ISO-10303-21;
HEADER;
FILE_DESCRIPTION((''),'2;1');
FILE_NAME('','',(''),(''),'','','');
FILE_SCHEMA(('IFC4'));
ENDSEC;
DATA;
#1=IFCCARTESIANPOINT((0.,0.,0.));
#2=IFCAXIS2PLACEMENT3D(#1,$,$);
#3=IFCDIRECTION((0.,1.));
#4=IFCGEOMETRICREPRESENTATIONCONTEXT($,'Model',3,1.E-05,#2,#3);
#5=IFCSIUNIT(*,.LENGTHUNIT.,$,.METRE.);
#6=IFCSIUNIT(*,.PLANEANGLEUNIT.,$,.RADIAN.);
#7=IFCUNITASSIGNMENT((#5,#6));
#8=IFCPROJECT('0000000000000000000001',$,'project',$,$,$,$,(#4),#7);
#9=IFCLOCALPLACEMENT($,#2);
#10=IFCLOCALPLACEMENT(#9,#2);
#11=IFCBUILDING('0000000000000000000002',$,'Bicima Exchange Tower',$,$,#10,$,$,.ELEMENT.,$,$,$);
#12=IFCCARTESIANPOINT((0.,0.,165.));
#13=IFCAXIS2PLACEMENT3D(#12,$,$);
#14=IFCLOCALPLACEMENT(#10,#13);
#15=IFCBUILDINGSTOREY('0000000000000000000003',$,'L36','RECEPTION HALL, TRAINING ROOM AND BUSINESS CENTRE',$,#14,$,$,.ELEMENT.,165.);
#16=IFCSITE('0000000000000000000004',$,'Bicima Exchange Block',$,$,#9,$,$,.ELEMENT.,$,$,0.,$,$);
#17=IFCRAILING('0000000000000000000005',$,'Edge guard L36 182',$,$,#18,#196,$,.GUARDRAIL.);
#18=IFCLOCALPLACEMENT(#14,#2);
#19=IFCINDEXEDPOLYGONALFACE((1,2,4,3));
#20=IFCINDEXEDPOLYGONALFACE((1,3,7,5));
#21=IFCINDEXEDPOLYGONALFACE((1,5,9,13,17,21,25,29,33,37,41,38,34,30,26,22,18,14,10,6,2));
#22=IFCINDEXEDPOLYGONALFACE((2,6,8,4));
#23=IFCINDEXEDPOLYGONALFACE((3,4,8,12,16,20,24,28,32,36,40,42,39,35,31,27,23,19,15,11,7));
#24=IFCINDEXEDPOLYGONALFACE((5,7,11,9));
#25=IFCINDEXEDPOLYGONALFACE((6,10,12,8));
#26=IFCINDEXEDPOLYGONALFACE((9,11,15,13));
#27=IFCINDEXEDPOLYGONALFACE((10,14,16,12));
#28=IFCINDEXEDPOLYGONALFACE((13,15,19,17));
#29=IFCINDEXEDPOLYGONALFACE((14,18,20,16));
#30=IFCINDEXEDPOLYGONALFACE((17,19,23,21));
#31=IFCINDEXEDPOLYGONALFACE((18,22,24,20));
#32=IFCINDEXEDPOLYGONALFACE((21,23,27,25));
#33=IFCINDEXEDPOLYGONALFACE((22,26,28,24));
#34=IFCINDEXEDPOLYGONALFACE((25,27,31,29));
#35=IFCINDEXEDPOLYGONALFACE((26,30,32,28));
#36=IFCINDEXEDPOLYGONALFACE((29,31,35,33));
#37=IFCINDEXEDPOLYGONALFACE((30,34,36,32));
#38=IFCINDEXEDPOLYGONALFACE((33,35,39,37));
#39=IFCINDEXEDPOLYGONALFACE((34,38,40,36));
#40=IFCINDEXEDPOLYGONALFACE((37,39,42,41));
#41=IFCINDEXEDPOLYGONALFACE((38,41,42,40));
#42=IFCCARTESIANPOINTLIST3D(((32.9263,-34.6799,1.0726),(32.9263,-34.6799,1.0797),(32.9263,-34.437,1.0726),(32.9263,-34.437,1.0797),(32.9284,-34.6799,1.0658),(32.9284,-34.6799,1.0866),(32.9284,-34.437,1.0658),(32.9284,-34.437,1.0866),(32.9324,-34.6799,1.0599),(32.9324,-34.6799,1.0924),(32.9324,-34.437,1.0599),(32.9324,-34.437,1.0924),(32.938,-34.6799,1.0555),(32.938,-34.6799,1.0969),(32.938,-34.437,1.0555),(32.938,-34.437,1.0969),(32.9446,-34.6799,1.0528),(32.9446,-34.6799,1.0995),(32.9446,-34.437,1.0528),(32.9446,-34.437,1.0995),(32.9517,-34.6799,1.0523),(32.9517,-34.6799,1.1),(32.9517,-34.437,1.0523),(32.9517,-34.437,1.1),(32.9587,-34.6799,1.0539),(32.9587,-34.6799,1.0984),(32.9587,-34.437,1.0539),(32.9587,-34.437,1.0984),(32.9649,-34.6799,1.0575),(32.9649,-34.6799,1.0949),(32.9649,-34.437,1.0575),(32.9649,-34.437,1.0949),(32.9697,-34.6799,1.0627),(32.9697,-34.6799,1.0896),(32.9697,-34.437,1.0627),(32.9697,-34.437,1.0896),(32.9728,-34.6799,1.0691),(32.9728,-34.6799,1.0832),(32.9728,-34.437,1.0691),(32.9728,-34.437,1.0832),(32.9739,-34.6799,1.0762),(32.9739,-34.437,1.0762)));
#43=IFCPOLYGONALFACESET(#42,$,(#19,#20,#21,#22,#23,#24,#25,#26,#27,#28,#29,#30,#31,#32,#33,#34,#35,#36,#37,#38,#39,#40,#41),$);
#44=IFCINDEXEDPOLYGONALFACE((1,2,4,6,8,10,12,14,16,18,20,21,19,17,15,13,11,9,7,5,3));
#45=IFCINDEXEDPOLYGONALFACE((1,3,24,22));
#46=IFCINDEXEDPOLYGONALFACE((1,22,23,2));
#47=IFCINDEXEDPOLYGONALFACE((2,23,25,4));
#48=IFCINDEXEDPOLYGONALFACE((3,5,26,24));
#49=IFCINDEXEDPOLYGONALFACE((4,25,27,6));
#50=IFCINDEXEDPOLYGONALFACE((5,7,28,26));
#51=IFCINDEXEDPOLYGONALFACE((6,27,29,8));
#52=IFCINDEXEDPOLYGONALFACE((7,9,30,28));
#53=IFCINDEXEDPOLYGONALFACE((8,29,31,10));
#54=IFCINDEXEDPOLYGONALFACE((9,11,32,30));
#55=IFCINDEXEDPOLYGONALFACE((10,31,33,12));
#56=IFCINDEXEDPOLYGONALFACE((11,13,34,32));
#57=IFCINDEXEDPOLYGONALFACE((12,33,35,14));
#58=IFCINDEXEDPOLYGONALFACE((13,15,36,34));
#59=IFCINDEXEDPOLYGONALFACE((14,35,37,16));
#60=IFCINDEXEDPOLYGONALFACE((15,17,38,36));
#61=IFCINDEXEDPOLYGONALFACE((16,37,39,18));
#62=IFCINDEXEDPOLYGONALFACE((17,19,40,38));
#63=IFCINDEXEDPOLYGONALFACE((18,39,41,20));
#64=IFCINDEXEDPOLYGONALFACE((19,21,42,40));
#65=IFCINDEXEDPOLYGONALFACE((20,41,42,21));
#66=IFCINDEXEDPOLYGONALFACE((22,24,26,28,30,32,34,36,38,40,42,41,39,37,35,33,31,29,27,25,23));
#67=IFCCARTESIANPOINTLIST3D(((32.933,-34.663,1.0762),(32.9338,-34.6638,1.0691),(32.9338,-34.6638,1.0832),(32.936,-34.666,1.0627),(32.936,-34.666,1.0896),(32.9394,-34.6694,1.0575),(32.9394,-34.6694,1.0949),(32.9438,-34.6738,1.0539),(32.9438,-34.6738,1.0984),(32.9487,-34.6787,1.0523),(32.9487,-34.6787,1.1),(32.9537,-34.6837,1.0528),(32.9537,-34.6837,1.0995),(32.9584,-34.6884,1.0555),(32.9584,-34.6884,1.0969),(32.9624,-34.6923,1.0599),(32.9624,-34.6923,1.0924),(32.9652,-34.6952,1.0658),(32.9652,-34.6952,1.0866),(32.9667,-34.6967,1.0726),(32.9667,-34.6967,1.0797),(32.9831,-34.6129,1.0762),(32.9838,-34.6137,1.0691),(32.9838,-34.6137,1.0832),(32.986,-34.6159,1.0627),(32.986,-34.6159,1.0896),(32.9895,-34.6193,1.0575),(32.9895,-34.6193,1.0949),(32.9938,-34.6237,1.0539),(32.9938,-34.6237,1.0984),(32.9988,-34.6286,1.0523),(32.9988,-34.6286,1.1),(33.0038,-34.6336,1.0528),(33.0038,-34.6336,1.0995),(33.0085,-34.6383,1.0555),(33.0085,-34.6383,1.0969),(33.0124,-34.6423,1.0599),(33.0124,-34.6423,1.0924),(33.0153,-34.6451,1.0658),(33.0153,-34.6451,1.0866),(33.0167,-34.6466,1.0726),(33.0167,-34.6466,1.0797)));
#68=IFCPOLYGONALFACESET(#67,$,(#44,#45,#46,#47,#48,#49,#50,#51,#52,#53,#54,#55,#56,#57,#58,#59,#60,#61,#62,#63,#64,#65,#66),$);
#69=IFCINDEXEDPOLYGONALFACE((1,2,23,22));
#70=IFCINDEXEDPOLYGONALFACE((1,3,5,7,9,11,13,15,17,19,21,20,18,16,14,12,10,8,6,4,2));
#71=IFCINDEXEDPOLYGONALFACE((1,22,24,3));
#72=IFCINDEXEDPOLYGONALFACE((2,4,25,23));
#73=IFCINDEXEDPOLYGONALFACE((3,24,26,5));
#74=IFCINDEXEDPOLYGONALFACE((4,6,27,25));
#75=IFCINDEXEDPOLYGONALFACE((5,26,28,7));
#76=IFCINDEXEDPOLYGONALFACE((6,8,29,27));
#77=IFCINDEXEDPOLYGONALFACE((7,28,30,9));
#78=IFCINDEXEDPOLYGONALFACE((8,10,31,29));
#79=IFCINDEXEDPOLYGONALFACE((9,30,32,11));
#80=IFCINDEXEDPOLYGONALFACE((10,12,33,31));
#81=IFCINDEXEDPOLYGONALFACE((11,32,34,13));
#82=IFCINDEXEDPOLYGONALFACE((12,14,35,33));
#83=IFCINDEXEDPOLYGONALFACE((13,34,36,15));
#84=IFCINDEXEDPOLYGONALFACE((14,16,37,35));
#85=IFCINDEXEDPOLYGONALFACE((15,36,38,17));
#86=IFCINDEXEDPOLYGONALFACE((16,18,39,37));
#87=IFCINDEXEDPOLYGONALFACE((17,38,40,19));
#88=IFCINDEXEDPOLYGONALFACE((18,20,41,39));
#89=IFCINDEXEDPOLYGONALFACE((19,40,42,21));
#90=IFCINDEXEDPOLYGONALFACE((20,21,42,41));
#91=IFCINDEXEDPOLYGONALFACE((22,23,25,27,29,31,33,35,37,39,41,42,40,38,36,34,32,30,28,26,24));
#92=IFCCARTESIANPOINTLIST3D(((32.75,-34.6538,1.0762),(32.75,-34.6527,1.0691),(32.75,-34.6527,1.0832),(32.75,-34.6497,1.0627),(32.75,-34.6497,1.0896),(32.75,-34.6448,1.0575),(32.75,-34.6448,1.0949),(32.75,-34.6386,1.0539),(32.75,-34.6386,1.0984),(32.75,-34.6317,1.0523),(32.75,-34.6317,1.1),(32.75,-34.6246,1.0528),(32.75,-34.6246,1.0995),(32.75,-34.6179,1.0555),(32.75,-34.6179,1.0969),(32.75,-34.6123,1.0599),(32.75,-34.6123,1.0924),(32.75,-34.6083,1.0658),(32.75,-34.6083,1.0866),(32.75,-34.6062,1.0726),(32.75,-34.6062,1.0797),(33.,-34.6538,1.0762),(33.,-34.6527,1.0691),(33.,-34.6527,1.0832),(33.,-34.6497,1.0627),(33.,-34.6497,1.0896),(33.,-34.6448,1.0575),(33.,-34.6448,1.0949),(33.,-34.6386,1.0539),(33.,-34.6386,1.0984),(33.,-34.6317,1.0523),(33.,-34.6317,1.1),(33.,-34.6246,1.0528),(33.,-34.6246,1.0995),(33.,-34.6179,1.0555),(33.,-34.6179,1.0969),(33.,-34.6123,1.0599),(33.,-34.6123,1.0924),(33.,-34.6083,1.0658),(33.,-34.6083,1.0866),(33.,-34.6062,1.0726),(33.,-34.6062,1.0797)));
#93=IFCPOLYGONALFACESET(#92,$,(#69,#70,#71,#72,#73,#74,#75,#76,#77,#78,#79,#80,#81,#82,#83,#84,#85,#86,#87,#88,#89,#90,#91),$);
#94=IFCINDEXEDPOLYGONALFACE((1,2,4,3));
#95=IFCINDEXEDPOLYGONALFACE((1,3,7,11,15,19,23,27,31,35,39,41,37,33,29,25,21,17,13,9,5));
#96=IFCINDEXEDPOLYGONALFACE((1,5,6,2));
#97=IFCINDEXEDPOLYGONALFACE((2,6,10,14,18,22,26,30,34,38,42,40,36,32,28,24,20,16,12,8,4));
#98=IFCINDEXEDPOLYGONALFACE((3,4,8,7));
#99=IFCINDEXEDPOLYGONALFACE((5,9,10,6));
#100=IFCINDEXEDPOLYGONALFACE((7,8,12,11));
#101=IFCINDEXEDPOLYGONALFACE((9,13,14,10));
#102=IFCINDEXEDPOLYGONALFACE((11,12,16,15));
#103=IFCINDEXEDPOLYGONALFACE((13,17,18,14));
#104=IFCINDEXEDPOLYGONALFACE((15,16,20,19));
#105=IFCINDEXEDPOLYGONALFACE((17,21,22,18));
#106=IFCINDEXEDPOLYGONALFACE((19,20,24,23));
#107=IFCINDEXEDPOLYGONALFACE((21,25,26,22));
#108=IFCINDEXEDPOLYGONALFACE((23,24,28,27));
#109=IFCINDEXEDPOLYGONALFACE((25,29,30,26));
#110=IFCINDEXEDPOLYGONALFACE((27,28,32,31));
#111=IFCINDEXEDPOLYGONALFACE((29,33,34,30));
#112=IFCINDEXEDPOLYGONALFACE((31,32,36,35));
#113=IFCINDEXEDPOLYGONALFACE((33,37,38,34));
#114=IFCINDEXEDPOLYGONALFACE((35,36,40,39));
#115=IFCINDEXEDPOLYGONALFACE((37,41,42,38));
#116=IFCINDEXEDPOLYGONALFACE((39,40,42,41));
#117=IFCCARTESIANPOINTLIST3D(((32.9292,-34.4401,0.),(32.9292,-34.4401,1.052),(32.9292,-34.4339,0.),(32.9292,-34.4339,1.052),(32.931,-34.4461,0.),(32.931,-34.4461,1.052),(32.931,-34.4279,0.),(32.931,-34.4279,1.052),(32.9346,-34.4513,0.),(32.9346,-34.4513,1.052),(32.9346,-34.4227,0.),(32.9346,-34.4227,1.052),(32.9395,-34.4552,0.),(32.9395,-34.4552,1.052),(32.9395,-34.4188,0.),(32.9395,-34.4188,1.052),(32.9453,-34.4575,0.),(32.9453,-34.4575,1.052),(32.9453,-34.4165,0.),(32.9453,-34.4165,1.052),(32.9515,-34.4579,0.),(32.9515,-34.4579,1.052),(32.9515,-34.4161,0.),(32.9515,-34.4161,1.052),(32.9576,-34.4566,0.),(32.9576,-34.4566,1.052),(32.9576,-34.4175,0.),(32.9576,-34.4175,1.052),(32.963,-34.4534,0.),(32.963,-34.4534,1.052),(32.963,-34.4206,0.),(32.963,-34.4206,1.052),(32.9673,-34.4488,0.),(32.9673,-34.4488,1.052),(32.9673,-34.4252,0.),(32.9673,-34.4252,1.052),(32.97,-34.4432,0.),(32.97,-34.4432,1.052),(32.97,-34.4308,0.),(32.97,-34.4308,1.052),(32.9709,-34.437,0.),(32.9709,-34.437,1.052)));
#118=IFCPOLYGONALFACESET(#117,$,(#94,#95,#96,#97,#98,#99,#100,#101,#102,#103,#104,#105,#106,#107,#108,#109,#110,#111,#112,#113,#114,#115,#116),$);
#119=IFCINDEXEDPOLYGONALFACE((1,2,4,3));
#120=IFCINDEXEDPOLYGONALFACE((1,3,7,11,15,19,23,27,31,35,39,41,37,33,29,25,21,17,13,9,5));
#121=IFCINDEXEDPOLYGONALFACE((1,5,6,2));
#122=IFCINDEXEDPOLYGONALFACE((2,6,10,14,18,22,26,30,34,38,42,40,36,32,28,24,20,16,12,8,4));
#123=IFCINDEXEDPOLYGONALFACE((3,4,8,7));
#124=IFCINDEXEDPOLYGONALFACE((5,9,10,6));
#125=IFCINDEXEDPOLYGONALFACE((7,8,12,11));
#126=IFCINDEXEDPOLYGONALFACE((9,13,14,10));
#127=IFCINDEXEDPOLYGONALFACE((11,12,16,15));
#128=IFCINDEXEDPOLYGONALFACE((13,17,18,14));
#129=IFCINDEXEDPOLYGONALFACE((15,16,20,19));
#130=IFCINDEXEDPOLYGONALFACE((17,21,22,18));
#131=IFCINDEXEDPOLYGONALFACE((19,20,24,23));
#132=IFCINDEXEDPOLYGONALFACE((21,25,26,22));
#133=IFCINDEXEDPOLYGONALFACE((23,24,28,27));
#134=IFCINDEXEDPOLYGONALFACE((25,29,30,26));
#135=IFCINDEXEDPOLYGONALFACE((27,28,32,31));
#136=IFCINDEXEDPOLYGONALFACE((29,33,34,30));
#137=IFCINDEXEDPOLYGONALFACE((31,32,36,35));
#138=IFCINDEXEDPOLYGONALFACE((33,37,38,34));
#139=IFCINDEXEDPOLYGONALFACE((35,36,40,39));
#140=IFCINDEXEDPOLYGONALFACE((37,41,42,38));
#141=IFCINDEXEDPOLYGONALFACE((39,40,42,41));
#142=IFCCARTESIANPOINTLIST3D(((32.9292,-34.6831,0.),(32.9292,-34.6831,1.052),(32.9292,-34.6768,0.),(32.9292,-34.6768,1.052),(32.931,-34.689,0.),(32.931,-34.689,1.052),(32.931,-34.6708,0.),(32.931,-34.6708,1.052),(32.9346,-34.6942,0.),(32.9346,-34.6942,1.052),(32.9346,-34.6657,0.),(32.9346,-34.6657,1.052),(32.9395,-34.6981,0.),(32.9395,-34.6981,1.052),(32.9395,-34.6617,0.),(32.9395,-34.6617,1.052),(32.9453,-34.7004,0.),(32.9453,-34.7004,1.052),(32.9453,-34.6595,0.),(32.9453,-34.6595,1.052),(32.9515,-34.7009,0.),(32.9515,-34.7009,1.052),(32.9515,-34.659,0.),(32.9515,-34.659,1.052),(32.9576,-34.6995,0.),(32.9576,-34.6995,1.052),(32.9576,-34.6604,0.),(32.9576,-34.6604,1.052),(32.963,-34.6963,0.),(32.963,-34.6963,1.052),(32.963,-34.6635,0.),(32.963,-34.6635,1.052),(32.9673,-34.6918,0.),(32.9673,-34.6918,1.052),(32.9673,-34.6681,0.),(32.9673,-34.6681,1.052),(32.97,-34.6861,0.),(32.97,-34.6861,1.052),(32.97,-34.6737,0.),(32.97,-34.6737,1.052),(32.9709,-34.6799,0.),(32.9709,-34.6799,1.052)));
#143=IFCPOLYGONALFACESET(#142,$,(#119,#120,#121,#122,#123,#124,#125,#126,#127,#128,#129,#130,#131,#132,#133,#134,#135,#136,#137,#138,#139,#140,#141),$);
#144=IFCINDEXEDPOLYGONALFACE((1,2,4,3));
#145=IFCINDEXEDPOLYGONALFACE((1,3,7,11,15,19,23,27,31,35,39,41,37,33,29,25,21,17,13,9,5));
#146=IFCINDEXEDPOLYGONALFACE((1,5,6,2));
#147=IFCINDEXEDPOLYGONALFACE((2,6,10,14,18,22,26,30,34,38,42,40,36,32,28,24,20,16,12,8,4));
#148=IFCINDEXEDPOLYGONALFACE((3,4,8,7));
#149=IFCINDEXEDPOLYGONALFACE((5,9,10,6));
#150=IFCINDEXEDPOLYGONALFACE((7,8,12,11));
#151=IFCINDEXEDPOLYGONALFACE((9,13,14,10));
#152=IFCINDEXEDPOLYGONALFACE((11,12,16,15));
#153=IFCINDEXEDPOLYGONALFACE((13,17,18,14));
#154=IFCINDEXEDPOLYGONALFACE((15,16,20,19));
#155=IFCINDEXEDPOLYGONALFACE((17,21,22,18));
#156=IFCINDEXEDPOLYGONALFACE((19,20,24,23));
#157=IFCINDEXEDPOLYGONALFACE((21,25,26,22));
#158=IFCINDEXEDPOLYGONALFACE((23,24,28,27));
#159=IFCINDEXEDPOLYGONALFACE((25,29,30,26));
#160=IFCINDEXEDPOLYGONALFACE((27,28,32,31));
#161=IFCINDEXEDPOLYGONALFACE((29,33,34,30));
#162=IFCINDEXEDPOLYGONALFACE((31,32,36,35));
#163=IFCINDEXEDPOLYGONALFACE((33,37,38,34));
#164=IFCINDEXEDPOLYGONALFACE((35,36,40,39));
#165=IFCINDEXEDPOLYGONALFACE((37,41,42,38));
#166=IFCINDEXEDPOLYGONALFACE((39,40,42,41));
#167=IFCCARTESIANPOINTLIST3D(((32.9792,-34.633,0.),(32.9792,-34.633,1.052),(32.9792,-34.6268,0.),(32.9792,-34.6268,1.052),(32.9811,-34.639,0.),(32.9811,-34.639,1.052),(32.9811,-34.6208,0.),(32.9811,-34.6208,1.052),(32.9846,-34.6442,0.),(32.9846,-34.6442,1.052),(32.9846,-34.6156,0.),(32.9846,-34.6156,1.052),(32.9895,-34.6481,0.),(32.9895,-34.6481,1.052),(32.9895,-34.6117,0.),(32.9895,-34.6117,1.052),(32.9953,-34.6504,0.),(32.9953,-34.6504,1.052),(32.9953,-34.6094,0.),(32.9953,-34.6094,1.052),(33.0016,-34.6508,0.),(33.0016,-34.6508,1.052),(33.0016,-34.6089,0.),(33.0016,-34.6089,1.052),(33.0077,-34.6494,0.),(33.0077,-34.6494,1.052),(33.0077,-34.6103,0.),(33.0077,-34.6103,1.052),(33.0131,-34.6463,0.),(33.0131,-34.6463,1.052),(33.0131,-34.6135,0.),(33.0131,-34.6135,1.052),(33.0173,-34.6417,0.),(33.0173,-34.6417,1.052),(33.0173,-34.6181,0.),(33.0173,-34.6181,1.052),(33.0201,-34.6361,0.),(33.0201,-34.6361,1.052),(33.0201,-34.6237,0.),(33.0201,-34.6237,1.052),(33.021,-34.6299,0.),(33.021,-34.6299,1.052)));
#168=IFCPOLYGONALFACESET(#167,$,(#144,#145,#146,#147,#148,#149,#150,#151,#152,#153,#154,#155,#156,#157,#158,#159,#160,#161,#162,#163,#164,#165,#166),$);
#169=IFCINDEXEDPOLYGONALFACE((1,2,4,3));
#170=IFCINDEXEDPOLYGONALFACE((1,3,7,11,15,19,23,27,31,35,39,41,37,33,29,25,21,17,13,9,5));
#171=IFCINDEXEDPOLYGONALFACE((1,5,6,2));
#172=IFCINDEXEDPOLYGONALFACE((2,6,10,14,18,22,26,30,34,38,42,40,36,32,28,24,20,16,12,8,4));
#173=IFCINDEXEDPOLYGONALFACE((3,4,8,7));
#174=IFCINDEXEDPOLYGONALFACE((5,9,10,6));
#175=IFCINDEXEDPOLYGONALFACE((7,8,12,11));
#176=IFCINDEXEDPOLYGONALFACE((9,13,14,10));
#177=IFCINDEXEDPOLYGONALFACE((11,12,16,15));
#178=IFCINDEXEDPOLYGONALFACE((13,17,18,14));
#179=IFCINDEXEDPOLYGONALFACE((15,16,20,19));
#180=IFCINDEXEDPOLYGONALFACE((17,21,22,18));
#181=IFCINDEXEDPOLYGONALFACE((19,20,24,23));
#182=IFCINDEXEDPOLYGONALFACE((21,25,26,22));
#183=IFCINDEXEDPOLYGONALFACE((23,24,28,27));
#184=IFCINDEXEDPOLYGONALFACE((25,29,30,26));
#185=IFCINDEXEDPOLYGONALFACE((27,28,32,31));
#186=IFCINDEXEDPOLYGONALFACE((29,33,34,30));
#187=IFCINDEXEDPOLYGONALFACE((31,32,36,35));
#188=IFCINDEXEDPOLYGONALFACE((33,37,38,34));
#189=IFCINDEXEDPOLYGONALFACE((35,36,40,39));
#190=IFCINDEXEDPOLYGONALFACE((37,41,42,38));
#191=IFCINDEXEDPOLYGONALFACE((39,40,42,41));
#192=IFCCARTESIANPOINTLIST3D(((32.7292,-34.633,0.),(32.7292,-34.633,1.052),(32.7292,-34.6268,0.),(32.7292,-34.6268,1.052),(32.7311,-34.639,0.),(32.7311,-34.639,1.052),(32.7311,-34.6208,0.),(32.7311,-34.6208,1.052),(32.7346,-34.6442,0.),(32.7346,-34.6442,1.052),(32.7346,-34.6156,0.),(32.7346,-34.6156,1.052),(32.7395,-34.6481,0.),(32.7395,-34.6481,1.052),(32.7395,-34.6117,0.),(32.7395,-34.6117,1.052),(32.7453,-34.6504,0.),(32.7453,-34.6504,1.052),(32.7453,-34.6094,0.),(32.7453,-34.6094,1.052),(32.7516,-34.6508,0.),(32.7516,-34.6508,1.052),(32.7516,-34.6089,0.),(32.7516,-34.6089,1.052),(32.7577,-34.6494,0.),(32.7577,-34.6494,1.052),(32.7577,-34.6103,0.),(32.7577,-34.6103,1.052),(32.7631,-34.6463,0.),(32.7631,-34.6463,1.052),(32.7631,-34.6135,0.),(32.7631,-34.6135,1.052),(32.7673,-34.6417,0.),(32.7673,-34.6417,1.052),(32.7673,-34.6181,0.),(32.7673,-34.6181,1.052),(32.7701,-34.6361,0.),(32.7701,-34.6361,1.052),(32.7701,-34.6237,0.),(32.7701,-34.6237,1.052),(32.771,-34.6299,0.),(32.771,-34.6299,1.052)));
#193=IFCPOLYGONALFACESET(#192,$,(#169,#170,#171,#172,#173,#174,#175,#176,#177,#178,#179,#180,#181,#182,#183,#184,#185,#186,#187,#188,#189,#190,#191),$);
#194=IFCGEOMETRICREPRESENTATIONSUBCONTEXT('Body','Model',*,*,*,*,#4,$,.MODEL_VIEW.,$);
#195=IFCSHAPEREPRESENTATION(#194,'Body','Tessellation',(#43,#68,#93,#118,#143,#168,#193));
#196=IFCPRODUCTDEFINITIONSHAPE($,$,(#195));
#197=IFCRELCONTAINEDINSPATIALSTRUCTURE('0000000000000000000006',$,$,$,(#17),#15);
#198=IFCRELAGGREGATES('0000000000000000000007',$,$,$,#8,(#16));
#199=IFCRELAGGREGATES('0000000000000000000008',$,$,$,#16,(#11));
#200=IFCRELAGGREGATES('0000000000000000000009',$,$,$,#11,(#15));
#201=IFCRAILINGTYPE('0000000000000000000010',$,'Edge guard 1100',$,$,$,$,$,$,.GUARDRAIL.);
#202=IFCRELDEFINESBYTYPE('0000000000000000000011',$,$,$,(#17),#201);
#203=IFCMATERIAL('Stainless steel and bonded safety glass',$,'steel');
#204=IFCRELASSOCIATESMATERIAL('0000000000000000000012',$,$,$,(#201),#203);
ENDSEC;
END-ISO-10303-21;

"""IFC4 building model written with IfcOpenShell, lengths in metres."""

from ifc_helpers import new_model, si_unit, direction, frame, origin, origin_2d, place, context, subcontext, project, spatial, circle, extrude, material, type_object, element, save


model = new_model("IFC4")

# Units and contexts
model_context = context("Model", 3, precision=1e-05, world=origin(), true_north=direction((0.0, 1.0)))
body_context = subcontext(model_context, "Body", "Model", "MODEL_VIEW")
ifc_project = project(units=[si_unit("LENGTHUNIT", "METRE"), si_unit("PLANEANGLEUNIT", "RADIAN")], contexts=[model_context])

# Site, building, storey
site_placement = place(None, origin())
site = spatial("IfcSite", under=ifc_project, at=site_placement, Name="Bicima Exchange Block", CompositionType="ELEMENT", RefElevation=0.0)
building_placement = place(site_placement, origin())
building = spatial("IfcBuilding", under=site, at=building_placement, Name="Bicima Exchange Tower", CompositionType="ELEMENT")
storey_placement = place(building_placement, frame((0.0, 0.0, 165.0)))
storey = spatial("IfcBuildingStorey", under=building, at=storey_placement, Name="L36", Description="RECEPTION HALL, TRAINING ROOM AND BUSINESS CENTRE", CompositionType="ELEMENT", Elevation=165.0)

# Railing
ifc_material_1 = material(Name="Stainless steel and bonded safety glass", Category="steel")
railing_type = type_object("IfcRailingType", Name="Edge guard 1100", PredefinedType="GUARDRAIL", material=ifc_material_1)
railing_1_placement = place(storey_placement, frame((32.95, -34.437, 0.0)))
element("IfcRailing", 1, at=railing_1_placement, inside=storey, type_object=railing_type, Name="Edge guard L36 182", PredefinedType="GUARDRAIL", context=body_context, shape_type="SweptSolid", body=[
    extrude(circle(Radius=0.0239, at=origin_2d()), frame((0.0, 0.0, 1.0762), z_axis=(0.0, -1.0, 0.0), x_axis=(1.0, 0.0, 0.0)), (0.0, 0.0, 1.0), 0.2429),
    extrude(circle(Radius=0.0239, at=origin_2d()), frame((0.0, -0.2429, 1.0762), z_axis=(0.707107, 0.707107, 0.0), x_axis=(-0.707107, 0.707107, 0.0)), (0.0, 0.0, 1.0), 0.0708),
    extrude(circle(Radius=0.0239, at=origin_2d()), frame((0.05, -0.1929, 1.0762), z_axis=(-1.0, 0.0, 0.0), x_axis=(0.0, -1.0, 0.0)), (0.0, 0.0, 1.0), 0.25),
    extrude(circle(Radius=0.021, at=origin_2d()), origin(), (0.0, 0.0, 1.0), 1.052),
    extrude(circle(Radius=0.021, at=origin_2d()), frame((0.0, -0.2429, 0.0)), (0.0, 0.0, 1.0), 1.052),
    extrude(circle(Radius=0.021, at=origin_2d()), frame((0.05, -0.1929, 0.0)), (0.0, 0.0, 1.0), 1.052),
    extrude(circle(Radius=0.021, at=origin_2d()), frame((-0.2, -0.1929, 0.0)), (0.0, 0.0, 1.0), 1.052),
])

save(model, "model.ifc")
